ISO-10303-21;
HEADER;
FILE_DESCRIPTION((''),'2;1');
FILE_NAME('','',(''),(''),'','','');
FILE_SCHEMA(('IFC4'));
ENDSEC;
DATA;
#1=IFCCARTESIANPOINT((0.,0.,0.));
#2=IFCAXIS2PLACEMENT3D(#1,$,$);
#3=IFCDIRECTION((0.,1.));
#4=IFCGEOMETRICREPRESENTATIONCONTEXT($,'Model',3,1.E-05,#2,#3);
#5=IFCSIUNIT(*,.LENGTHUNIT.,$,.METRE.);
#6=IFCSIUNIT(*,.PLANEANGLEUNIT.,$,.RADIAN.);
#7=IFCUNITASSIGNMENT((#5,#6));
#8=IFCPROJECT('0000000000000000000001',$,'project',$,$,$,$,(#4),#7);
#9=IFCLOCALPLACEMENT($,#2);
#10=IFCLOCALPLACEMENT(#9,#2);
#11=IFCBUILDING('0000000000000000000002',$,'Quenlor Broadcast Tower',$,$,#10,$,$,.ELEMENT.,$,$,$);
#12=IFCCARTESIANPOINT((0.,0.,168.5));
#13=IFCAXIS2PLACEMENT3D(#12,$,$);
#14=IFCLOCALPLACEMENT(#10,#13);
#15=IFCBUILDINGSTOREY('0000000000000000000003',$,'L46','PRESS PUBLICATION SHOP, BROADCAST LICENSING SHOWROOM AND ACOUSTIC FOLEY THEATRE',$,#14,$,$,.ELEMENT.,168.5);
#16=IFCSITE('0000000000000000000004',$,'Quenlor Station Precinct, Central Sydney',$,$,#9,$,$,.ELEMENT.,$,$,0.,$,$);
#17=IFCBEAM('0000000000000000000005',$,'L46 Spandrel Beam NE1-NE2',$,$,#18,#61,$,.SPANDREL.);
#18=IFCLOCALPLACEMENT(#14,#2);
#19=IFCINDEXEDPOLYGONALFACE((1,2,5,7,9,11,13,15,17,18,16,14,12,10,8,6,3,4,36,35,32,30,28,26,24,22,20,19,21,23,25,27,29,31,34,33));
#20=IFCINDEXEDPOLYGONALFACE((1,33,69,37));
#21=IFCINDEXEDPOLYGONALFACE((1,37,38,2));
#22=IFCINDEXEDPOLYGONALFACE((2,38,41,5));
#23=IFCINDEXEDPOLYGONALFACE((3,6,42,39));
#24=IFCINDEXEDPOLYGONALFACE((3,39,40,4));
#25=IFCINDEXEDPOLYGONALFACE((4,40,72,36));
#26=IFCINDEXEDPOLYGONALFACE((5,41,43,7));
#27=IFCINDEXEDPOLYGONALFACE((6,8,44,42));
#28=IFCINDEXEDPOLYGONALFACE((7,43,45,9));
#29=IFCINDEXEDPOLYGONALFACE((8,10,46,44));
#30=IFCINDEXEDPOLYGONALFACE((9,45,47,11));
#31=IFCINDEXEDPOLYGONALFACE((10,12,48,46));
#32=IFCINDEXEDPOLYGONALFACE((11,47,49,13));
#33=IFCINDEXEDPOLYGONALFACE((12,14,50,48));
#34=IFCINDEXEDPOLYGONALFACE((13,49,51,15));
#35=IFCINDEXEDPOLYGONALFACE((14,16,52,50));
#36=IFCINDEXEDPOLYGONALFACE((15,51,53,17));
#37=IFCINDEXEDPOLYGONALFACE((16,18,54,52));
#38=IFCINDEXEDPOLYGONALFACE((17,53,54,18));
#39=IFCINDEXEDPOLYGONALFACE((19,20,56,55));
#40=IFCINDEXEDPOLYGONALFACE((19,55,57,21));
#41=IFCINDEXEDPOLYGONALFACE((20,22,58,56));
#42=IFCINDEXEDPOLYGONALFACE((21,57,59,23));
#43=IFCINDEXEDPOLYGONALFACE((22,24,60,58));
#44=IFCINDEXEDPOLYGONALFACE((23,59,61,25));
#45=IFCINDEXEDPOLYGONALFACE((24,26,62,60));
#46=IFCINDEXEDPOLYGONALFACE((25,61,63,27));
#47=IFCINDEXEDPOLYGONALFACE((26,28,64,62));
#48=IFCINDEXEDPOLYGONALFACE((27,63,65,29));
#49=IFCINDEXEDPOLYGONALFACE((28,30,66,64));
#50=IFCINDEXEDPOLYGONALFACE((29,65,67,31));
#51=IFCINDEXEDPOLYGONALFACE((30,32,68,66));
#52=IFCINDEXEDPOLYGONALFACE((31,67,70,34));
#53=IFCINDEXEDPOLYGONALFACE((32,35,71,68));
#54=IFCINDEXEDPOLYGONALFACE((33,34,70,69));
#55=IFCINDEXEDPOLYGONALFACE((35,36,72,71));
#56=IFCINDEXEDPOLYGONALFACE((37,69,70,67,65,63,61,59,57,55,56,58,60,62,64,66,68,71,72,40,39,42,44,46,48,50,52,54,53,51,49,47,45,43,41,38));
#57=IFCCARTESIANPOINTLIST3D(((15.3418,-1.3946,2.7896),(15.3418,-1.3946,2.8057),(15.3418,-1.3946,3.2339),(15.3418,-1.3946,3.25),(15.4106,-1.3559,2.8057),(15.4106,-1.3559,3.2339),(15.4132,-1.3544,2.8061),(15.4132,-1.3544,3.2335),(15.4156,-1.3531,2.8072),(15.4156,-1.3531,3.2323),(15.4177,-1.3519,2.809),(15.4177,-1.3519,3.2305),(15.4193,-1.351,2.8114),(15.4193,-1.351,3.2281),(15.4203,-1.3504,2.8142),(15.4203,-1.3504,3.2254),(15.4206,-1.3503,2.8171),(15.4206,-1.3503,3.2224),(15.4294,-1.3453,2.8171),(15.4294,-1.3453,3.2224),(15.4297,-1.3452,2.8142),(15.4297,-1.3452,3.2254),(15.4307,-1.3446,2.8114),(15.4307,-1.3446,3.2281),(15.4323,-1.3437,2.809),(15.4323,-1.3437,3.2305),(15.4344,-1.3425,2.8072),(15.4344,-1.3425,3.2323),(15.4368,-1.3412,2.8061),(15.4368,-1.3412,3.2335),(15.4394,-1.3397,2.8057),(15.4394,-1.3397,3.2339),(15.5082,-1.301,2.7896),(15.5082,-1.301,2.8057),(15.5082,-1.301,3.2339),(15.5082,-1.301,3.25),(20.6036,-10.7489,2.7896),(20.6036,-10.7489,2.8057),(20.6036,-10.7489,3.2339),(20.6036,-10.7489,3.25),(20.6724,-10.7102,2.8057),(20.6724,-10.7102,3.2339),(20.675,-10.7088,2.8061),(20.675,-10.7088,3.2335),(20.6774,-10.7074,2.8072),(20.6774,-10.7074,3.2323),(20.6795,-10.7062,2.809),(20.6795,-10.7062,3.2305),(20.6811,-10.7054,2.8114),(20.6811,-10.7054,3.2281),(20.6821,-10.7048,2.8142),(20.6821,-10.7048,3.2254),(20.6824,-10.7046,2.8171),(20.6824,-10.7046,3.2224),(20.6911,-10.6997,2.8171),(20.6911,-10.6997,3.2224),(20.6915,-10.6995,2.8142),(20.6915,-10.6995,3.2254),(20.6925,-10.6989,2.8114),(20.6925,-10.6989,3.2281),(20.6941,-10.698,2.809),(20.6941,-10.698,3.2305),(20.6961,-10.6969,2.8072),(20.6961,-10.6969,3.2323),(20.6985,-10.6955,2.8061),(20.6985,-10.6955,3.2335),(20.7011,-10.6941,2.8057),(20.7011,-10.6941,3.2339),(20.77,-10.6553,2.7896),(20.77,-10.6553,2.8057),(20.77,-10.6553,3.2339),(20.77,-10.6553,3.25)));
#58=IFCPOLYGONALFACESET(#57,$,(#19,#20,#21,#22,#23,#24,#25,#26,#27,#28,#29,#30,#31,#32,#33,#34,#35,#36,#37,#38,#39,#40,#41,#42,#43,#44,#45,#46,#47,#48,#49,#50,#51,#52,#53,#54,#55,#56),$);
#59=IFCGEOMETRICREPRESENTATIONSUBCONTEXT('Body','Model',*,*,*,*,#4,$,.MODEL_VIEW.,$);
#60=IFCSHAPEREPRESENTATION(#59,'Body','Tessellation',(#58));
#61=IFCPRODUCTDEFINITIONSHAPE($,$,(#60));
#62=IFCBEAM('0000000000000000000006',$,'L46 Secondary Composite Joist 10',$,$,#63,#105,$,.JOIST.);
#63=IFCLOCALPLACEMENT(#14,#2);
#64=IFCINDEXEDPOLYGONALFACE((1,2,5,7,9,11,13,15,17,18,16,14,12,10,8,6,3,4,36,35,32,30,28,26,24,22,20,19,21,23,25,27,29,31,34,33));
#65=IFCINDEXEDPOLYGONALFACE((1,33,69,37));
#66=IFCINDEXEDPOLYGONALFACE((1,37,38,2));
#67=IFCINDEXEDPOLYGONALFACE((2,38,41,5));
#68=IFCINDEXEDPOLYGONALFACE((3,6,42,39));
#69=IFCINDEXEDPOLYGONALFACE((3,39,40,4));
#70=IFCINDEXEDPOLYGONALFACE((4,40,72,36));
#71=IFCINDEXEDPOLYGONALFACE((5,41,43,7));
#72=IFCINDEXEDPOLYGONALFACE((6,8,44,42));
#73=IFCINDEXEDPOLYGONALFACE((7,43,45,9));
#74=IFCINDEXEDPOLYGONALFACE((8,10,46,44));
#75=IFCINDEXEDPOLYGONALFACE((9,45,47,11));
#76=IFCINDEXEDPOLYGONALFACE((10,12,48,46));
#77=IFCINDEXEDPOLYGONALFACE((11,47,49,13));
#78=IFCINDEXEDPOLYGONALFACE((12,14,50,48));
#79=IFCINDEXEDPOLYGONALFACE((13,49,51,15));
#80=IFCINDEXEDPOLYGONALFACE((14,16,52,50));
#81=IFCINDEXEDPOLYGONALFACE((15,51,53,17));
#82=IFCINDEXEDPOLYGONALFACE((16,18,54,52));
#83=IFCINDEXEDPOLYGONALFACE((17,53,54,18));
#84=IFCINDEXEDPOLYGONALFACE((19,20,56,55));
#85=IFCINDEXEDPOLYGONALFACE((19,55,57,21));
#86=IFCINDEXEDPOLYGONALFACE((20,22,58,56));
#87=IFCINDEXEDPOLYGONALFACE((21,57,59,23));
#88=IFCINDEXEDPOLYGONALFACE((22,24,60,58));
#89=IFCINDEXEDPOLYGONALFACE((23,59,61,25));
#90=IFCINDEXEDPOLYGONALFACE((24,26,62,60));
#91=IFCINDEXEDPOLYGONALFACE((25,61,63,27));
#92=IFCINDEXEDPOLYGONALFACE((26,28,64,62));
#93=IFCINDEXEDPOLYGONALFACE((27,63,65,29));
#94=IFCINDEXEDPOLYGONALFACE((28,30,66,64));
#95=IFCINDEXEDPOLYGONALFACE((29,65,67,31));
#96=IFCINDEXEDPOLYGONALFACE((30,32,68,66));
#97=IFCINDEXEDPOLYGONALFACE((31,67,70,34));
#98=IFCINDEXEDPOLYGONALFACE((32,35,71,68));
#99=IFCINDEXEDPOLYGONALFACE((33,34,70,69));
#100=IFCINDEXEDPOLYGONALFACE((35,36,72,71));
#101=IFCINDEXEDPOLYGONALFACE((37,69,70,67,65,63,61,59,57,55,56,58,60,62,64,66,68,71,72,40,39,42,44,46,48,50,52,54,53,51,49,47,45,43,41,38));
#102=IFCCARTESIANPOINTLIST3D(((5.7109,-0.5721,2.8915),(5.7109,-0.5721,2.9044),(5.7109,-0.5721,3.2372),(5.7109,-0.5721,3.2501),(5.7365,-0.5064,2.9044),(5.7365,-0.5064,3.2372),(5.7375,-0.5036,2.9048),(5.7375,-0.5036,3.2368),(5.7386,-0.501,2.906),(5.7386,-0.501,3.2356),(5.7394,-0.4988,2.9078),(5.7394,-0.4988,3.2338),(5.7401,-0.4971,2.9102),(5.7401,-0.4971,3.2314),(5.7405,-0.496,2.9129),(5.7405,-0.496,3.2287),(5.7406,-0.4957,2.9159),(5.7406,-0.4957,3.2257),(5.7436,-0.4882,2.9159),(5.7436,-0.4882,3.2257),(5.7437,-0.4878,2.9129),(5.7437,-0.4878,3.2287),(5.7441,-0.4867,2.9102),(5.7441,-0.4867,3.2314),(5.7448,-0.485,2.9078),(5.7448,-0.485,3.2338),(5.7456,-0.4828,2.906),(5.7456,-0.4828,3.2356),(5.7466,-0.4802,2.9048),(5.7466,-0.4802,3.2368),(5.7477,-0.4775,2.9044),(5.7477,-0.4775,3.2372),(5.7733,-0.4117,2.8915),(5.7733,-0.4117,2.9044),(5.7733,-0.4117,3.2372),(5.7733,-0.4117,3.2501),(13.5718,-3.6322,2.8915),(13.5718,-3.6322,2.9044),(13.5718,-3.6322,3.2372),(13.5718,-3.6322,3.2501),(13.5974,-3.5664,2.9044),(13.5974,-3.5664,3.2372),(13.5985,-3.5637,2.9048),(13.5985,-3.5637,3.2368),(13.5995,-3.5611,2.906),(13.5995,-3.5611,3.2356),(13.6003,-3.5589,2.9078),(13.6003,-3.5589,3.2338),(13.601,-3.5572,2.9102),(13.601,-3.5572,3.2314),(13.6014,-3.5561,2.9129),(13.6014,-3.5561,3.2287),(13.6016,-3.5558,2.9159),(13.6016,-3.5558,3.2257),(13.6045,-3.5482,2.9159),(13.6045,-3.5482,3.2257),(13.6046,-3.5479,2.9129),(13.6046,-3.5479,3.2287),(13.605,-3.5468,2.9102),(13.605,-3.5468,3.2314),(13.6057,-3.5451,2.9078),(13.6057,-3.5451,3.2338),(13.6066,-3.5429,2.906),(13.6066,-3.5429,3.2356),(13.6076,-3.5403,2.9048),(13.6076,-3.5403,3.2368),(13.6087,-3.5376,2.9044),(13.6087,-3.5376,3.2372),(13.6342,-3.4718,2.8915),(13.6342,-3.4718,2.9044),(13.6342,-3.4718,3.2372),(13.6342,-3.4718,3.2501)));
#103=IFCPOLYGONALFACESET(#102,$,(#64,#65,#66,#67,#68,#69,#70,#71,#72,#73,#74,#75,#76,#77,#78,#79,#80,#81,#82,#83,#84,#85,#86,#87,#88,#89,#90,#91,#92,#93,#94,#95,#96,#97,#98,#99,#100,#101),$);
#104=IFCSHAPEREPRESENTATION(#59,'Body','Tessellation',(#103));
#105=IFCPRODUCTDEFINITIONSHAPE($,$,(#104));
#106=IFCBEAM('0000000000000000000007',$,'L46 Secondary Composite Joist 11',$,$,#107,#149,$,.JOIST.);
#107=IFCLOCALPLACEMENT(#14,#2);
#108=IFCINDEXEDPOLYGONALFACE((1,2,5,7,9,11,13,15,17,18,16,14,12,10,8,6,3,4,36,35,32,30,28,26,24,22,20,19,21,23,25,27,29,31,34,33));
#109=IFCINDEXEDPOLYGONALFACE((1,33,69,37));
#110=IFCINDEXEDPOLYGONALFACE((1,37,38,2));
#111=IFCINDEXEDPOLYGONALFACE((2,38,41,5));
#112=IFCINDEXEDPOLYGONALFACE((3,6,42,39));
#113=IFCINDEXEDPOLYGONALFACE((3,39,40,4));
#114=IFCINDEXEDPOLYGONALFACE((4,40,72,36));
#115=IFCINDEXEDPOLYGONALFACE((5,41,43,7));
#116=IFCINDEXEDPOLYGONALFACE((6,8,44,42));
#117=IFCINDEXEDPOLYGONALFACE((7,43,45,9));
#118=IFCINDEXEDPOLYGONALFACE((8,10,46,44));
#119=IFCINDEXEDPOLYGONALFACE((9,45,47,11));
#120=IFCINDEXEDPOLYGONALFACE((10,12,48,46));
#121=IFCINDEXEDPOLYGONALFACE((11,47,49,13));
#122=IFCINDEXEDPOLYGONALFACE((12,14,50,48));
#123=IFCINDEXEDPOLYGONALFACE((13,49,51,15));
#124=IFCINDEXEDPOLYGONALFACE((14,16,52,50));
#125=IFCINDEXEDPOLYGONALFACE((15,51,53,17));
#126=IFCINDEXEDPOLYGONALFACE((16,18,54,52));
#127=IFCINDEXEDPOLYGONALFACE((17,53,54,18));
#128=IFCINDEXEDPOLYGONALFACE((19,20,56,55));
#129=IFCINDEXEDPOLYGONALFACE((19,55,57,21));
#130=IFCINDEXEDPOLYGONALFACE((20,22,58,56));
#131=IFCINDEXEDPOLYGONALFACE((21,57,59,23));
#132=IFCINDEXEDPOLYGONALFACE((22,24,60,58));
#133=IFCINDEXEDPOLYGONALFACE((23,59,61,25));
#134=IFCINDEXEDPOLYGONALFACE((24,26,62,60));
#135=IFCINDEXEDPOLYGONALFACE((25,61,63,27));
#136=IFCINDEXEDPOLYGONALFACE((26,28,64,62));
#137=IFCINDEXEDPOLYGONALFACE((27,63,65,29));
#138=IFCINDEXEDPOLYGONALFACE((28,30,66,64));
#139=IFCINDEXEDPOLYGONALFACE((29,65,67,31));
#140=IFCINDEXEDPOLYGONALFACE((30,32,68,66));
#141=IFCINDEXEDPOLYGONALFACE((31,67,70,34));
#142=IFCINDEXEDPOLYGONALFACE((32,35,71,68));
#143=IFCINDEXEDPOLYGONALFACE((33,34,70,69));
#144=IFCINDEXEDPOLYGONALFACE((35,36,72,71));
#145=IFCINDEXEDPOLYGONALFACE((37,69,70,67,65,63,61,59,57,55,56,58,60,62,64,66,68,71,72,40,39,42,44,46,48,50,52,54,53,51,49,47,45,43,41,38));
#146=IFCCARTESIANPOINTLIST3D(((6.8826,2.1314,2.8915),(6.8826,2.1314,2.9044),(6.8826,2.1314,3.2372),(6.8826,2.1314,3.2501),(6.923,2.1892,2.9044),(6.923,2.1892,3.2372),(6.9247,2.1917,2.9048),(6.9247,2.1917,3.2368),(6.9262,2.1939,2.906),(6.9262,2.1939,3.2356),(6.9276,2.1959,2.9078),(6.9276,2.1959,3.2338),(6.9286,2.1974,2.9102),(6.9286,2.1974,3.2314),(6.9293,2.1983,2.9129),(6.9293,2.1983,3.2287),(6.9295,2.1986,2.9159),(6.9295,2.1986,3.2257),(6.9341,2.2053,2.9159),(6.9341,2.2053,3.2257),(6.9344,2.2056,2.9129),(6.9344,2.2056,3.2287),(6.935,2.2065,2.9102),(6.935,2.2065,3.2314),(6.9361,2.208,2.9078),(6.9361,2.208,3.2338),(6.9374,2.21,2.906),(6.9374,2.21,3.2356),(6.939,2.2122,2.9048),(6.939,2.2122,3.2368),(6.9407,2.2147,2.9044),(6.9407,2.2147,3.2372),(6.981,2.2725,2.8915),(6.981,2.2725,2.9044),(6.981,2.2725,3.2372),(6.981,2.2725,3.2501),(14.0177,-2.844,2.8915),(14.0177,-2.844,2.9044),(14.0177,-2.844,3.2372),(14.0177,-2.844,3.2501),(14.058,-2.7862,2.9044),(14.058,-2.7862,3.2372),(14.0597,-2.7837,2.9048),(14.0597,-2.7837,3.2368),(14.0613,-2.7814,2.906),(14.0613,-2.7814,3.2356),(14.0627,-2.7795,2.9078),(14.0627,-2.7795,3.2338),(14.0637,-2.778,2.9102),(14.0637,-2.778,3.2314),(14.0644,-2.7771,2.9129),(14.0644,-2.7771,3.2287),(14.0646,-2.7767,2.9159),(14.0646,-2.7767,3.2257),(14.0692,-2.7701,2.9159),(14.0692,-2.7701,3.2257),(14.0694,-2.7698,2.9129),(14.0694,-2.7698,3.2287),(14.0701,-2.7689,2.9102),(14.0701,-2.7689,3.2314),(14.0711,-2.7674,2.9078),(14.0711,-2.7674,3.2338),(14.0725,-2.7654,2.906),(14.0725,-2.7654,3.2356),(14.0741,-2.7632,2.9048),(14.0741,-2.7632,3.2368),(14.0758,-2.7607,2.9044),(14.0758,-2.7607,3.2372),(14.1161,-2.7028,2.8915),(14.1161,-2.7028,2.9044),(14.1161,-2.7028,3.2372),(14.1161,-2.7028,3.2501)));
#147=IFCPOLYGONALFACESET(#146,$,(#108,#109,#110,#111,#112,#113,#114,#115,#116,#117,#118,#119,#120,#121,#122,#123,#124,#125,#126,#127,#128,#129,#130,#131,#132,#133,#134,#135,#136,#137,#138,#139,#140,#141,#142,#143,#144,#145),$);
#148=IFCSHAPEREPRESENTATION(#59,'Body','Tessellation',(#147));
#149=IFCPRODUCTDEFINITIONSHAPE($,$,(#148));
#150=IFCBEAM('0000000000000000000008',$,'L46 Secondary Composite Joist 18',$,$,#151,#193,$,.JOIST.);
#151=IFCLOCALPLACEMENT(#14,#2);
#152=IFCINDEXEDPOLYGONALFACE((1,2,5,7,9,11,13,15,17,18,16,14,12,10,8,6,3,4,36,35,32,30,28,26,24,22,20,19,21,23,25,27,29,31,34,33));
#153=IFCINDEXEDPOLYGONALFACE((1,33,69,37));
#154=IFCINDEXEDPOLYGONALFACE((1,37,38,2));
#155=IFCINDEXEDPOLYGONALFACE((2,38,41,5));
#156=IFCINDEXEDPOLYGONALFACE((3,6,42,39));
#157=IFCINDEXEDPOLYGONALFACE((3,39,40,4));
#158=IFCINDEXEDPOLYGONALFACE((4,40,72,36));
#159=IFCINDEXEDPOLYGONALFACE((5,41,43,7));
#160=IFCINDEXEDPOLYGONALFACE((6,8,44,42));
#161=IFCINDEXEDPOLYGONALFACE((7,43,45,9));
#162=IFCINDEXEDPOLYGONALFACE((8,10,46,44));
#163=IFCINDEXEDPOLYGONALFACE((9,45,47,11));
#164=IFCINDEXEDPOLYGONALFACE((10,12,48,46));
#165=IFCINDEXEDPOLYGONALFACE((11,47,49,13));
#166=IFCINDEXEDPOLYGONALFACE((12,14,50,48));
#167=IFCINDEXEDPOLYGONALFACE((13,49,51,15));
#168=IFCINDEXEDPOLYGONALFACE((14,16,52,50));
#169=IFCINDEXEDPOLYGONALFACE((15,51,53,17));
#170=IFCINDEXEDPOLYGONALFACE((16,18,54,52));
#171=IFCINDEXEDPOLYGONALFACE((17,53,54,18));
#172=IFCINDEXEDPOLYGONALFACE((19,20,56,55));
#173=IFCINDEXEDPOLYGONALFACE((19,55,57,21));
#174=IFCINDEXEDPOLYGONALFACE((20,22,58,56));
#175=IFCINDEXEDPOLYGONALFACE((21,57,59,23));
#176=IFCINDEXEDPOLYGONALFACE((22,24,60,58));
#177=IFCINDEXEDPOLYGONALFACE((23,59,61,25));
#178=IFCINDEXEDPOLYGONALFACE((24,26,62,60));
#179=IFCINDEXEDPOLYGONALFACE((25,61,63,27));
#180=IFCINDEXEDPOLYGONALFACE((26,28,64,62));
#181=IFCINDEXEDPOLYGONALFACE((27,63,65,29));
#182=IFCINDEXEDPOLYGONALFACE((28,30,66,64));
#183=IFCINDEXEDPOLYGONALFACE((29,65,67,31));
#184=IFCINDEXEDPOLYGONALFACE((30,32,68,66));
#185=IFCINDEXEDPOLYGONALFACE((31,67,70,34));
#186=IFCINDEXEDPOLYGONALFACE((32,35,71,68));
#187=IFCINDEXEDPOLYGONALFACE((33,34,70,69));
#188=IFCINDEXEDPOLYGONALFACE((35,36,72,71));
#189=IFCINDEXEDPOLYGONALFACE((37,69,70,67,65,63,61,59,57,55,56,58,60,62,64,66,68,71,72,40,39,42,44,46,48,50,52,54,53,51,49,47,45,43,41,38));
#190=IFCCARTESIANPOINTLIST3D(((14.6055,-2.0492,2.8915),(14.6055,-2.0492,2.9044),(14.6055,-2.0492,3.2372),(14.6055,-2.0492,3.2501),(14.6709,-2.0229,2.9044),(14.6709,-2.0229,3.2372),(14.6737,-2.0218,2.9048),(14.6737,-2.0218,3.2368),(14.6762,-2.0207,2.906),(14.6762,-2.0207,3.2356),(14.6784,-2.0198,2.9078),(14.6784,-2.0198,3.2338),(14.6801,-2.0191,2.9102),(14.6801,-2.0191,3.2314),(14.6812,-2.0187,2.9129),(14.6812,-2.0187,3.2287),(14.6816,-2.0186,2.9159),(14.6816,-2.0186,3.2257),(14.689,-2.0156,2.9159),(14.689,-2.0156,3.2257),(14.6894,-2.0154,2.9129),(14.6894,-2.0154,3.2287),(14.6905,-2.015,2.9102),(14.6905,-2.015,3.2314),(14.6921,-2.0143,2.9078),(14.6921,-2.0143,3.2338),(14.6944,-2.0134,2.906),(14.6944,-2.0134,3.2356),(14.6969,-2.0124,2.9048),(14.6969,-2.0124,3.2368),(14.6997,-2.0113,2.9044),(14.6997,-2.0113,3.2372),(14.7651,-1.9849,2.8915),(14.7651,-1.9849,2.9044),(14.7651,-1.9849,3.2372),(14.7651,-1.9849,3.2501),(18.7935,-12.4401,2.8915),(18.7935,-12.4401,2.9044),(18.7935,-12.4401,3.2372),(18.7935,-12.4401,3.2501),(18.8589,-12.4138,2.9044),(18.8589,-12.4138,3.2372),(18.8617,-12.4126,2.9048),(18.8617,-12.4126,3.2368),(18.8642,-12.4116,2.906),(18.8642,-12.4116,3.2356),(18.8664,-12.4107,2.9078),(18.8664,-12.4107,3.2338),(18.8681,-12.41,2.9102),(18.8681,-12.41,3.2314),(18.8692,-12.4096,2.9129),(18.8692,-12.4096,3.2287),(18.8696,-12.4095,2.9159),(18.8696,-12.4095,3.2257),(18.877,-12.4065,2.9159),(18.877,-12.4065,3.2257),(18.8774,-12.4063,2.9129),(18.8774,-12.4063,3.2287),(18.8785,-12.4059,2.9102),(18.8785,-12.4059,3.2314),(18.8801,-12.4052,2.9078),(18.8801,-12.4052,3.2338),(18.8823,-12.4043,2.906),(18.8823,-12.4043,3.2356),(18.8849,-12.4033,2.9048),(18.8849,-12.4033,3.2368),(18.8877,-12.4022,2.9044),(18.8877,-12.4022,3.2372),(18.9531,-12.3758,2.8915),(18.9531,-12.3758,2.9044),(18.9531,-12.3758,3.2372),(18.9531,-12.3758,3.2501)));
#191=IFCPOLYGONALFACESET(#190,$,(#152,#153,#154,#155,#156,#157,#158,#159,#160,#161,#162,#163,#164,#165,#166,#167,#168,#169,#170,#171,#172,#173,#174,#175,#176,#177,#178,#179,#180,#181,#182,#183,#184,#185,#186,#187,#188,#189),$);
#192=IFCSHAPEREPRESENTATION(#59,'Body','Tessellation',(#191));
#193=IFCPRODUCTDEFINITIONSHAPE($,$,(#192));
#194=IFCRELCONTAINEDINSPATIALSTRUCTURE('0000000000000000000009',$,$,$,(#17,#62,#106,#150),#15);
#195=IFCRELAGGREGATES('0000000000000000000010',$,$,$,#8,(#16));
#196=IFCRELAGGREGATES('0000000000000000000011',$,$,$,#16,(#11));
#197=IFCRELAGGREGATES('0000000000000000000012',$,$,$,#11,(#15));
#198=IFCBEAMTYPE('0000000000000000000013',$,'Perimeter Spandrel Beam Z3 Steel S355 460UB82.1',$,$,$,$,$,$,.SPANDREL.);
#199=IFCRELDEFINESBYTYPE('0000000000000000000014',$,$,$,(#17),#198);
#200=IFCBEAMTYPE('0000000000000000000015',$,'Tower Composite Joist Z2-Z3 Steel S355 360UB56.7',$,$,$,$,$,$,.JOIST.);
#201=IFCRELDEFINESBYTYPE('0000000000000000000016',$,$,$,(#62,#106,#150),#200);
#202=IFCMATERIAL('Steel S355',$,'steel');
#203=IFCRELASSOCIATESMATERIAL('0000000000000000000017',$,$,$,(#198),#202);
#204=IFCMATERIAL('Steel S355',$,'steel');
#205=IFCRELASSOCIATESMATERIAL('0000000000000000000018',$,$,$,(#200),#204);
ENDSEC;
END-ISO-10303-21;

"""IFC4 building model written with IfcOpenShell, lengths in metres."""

from ifc_helpers import new_model, si_unit, direction, frame, origin, origin_2d, place, context, subcontext, project, spatial, i_section, extrude, material, material_profile, profile_set, type_object, element, save


model = new_model("IFC4")

# Units and contexts
model_context = context("Model", 3, precision=1e-05, world=origin(), true_north=direction((0.0, 1.0)))
body_context = subcontext(model_context, "Body", "Model", "MODEL_VIEW")
ifc_project = project(units=[si_unit("LENGTHUNIT", "METRE"), si_unit("PLANEANGLEUNIT", "RADIAN")], contexts=[model_context])

# Site, building, storey
site_placement = place(None, origin())
site = spatial("IfcSite", under=ifc_project, at=site_placement, Name="Quenlor Station Precinct, Central Sydney", CompositionType="ELEMENT", RefElevation=0.0)
building_placement = place(site_placement, origin())
building = spatial("IfcBuilding", under=site, at=building_placement, Name="Quenlor Broadcast Tower", CompositionType="ELEMENT")
storey_placement = place(building_placement, frame((0.0, 0.0, 168.5)))
storey = spatial("IfcBuildingStorey", under=building, at=storey_placement, Name="L46", Description="PRESS PUBLICATION SHOP, BROADCAST LICENSING SHOWROOM AND ACOUSTIC FOLEY THEATRE", CompositionType="ELEMENT", Elevation=168.5)

# Beams
ifc_material_1 = material(Name="Steel S355", Category="steel")
ifc_material_profile_1 = material_profile(ifc_material_1, i_section(OverallWidth=0.1909, OverallDepth=0.4604, WebThickness=0.01, FlangeThickness=0.0161, FilletRadius=0.0115, at=origin_2d()))
ifc_profile_set_1 = profile_set([ifc_material_profile_1], Name="Steel S355 460UB82.1")
beam_type_1 = type_object("IfcBeamType", Name="Perimeter Spandrel Beam Z3 Steel S355 460UB82.1", PredefinedType="SPANDREL", material=ifc_profile_set_1)
beam_1_placement = place(storey_placement, frame((20.6868, -10.7021, 3.0198), z_axis=(-0.490258, 0.871577, 0.0), x_axis=(-0.871577, -0.490258, 0.0)))
element("IfcBeam", 1, at=beam_1_placement, inside=storey, type_object=beam_type_1, Name="L46 Spandrel Beam NE1-NE2", PredefinedType="SPANDREL", context=body_context, shape_type="SweptSolid", body=[
    extrude(i_section(OverallWidth=0.1909, OverallDepth=0.4604, WebThickness=0.01, FlangeThickness=0.0161, FilletRadius=0.0115, at=origin_2d()), origin(), (0.0, 0.0, 1.0), 10.7327),
])
ifc_material_2 = material(Name="Steel S355", Category="steel")
ifc_material_profile_2 = material_profile(ifc_material_2, i_section(OverallWidth=0.1721, OverallDepth=0.3586, WebThickness=0.0081, FlangeThickness=0.0129, FilletRadius=0.0115, at=origin_2d()))
ifc_profile_set_2 = profile_set([ifc_material_profile_2], Name="Steel S355 360UB56.7")
beam_type_2 = type_object("IfcBeamType", Name="Tower Composite Joist Z2-Z3 Steel S355 360UB56.7", PredefinedType="JOIST", material=ifc_profile_set_2)
beam_2_placement = place(storey_placement, frame((13.603, -3.552, 3.0708), z_axis=(-0.931882, 0.362762, 0.0), x_axis=(-0.362762, -0.931882, 0.0)))
element("IfcBeam", 2, at=beam_2_placement, inside=storey, type_object=beam_type_2, Name="L46 Secondary Composite Joist 10", PredefinedType="JOIST", context=body_context, shape_type="SweptSolid", body=[
    extrude(i_section(OverallWidth=0.1721, OverallDepth=0.3586, WebThickness=0.0081, FlangeThickness=0.0129, FilletRadius=0.0115, at=origin_2d()), origin(), (0.0, 0.0, 1.0), 8.4355),
])
beam_3_placement = place(storey_placement, frame((14.0669, -2.7734, 3.0708), z_axis=(-0.820266, 0.571983, 0.0), x_axis=(-0.571983, -0.820266, 0.0)))
element("IfcBeam", 3, at=beam_3_placement, inside=storey, type_object=beam_type_2, Name="L46 Secondary Composite Joist 11", PredefinedType="JOIST", context=body_context, shape_type="SweptSolid", body=[
    extrude(i_section(OverallWidth=0.1721, OverallDepth=0.3586, WebThickness=0.0081, FlangeThickness=0.0129, FilletRadius=0.0115, at=origin_2d()), origin(), (0.0, 0.0, 1.0), 8.6985),
])
beam_4_placement = place(storey_placement, frame((18.8733, -12.408, 3.0708), z_axis=(-0.373824, 0.9275, 0.0), x_axis=(-0.9275, -0.373824, 0.0)))
element("IfcBeam", 4, at=beam_4_placement, inside=storey, type_object=beam_type_2, Name="L46 Secondary Composite Joist 18", PredefinedType="JOIST", context=body_context, shape_type="SweptSolid", body=[
    extrude(i_section(OverallWidth=0.1721, OverallDepth=0.3586, WebThickness=0.0081, FlangeThickness=0.0129, FilletRadius=0.0115, at=origin_2d()), origin(), (0.0, 0.0, 1.0), 11.2031),
])

save(model, "model.ifc")
